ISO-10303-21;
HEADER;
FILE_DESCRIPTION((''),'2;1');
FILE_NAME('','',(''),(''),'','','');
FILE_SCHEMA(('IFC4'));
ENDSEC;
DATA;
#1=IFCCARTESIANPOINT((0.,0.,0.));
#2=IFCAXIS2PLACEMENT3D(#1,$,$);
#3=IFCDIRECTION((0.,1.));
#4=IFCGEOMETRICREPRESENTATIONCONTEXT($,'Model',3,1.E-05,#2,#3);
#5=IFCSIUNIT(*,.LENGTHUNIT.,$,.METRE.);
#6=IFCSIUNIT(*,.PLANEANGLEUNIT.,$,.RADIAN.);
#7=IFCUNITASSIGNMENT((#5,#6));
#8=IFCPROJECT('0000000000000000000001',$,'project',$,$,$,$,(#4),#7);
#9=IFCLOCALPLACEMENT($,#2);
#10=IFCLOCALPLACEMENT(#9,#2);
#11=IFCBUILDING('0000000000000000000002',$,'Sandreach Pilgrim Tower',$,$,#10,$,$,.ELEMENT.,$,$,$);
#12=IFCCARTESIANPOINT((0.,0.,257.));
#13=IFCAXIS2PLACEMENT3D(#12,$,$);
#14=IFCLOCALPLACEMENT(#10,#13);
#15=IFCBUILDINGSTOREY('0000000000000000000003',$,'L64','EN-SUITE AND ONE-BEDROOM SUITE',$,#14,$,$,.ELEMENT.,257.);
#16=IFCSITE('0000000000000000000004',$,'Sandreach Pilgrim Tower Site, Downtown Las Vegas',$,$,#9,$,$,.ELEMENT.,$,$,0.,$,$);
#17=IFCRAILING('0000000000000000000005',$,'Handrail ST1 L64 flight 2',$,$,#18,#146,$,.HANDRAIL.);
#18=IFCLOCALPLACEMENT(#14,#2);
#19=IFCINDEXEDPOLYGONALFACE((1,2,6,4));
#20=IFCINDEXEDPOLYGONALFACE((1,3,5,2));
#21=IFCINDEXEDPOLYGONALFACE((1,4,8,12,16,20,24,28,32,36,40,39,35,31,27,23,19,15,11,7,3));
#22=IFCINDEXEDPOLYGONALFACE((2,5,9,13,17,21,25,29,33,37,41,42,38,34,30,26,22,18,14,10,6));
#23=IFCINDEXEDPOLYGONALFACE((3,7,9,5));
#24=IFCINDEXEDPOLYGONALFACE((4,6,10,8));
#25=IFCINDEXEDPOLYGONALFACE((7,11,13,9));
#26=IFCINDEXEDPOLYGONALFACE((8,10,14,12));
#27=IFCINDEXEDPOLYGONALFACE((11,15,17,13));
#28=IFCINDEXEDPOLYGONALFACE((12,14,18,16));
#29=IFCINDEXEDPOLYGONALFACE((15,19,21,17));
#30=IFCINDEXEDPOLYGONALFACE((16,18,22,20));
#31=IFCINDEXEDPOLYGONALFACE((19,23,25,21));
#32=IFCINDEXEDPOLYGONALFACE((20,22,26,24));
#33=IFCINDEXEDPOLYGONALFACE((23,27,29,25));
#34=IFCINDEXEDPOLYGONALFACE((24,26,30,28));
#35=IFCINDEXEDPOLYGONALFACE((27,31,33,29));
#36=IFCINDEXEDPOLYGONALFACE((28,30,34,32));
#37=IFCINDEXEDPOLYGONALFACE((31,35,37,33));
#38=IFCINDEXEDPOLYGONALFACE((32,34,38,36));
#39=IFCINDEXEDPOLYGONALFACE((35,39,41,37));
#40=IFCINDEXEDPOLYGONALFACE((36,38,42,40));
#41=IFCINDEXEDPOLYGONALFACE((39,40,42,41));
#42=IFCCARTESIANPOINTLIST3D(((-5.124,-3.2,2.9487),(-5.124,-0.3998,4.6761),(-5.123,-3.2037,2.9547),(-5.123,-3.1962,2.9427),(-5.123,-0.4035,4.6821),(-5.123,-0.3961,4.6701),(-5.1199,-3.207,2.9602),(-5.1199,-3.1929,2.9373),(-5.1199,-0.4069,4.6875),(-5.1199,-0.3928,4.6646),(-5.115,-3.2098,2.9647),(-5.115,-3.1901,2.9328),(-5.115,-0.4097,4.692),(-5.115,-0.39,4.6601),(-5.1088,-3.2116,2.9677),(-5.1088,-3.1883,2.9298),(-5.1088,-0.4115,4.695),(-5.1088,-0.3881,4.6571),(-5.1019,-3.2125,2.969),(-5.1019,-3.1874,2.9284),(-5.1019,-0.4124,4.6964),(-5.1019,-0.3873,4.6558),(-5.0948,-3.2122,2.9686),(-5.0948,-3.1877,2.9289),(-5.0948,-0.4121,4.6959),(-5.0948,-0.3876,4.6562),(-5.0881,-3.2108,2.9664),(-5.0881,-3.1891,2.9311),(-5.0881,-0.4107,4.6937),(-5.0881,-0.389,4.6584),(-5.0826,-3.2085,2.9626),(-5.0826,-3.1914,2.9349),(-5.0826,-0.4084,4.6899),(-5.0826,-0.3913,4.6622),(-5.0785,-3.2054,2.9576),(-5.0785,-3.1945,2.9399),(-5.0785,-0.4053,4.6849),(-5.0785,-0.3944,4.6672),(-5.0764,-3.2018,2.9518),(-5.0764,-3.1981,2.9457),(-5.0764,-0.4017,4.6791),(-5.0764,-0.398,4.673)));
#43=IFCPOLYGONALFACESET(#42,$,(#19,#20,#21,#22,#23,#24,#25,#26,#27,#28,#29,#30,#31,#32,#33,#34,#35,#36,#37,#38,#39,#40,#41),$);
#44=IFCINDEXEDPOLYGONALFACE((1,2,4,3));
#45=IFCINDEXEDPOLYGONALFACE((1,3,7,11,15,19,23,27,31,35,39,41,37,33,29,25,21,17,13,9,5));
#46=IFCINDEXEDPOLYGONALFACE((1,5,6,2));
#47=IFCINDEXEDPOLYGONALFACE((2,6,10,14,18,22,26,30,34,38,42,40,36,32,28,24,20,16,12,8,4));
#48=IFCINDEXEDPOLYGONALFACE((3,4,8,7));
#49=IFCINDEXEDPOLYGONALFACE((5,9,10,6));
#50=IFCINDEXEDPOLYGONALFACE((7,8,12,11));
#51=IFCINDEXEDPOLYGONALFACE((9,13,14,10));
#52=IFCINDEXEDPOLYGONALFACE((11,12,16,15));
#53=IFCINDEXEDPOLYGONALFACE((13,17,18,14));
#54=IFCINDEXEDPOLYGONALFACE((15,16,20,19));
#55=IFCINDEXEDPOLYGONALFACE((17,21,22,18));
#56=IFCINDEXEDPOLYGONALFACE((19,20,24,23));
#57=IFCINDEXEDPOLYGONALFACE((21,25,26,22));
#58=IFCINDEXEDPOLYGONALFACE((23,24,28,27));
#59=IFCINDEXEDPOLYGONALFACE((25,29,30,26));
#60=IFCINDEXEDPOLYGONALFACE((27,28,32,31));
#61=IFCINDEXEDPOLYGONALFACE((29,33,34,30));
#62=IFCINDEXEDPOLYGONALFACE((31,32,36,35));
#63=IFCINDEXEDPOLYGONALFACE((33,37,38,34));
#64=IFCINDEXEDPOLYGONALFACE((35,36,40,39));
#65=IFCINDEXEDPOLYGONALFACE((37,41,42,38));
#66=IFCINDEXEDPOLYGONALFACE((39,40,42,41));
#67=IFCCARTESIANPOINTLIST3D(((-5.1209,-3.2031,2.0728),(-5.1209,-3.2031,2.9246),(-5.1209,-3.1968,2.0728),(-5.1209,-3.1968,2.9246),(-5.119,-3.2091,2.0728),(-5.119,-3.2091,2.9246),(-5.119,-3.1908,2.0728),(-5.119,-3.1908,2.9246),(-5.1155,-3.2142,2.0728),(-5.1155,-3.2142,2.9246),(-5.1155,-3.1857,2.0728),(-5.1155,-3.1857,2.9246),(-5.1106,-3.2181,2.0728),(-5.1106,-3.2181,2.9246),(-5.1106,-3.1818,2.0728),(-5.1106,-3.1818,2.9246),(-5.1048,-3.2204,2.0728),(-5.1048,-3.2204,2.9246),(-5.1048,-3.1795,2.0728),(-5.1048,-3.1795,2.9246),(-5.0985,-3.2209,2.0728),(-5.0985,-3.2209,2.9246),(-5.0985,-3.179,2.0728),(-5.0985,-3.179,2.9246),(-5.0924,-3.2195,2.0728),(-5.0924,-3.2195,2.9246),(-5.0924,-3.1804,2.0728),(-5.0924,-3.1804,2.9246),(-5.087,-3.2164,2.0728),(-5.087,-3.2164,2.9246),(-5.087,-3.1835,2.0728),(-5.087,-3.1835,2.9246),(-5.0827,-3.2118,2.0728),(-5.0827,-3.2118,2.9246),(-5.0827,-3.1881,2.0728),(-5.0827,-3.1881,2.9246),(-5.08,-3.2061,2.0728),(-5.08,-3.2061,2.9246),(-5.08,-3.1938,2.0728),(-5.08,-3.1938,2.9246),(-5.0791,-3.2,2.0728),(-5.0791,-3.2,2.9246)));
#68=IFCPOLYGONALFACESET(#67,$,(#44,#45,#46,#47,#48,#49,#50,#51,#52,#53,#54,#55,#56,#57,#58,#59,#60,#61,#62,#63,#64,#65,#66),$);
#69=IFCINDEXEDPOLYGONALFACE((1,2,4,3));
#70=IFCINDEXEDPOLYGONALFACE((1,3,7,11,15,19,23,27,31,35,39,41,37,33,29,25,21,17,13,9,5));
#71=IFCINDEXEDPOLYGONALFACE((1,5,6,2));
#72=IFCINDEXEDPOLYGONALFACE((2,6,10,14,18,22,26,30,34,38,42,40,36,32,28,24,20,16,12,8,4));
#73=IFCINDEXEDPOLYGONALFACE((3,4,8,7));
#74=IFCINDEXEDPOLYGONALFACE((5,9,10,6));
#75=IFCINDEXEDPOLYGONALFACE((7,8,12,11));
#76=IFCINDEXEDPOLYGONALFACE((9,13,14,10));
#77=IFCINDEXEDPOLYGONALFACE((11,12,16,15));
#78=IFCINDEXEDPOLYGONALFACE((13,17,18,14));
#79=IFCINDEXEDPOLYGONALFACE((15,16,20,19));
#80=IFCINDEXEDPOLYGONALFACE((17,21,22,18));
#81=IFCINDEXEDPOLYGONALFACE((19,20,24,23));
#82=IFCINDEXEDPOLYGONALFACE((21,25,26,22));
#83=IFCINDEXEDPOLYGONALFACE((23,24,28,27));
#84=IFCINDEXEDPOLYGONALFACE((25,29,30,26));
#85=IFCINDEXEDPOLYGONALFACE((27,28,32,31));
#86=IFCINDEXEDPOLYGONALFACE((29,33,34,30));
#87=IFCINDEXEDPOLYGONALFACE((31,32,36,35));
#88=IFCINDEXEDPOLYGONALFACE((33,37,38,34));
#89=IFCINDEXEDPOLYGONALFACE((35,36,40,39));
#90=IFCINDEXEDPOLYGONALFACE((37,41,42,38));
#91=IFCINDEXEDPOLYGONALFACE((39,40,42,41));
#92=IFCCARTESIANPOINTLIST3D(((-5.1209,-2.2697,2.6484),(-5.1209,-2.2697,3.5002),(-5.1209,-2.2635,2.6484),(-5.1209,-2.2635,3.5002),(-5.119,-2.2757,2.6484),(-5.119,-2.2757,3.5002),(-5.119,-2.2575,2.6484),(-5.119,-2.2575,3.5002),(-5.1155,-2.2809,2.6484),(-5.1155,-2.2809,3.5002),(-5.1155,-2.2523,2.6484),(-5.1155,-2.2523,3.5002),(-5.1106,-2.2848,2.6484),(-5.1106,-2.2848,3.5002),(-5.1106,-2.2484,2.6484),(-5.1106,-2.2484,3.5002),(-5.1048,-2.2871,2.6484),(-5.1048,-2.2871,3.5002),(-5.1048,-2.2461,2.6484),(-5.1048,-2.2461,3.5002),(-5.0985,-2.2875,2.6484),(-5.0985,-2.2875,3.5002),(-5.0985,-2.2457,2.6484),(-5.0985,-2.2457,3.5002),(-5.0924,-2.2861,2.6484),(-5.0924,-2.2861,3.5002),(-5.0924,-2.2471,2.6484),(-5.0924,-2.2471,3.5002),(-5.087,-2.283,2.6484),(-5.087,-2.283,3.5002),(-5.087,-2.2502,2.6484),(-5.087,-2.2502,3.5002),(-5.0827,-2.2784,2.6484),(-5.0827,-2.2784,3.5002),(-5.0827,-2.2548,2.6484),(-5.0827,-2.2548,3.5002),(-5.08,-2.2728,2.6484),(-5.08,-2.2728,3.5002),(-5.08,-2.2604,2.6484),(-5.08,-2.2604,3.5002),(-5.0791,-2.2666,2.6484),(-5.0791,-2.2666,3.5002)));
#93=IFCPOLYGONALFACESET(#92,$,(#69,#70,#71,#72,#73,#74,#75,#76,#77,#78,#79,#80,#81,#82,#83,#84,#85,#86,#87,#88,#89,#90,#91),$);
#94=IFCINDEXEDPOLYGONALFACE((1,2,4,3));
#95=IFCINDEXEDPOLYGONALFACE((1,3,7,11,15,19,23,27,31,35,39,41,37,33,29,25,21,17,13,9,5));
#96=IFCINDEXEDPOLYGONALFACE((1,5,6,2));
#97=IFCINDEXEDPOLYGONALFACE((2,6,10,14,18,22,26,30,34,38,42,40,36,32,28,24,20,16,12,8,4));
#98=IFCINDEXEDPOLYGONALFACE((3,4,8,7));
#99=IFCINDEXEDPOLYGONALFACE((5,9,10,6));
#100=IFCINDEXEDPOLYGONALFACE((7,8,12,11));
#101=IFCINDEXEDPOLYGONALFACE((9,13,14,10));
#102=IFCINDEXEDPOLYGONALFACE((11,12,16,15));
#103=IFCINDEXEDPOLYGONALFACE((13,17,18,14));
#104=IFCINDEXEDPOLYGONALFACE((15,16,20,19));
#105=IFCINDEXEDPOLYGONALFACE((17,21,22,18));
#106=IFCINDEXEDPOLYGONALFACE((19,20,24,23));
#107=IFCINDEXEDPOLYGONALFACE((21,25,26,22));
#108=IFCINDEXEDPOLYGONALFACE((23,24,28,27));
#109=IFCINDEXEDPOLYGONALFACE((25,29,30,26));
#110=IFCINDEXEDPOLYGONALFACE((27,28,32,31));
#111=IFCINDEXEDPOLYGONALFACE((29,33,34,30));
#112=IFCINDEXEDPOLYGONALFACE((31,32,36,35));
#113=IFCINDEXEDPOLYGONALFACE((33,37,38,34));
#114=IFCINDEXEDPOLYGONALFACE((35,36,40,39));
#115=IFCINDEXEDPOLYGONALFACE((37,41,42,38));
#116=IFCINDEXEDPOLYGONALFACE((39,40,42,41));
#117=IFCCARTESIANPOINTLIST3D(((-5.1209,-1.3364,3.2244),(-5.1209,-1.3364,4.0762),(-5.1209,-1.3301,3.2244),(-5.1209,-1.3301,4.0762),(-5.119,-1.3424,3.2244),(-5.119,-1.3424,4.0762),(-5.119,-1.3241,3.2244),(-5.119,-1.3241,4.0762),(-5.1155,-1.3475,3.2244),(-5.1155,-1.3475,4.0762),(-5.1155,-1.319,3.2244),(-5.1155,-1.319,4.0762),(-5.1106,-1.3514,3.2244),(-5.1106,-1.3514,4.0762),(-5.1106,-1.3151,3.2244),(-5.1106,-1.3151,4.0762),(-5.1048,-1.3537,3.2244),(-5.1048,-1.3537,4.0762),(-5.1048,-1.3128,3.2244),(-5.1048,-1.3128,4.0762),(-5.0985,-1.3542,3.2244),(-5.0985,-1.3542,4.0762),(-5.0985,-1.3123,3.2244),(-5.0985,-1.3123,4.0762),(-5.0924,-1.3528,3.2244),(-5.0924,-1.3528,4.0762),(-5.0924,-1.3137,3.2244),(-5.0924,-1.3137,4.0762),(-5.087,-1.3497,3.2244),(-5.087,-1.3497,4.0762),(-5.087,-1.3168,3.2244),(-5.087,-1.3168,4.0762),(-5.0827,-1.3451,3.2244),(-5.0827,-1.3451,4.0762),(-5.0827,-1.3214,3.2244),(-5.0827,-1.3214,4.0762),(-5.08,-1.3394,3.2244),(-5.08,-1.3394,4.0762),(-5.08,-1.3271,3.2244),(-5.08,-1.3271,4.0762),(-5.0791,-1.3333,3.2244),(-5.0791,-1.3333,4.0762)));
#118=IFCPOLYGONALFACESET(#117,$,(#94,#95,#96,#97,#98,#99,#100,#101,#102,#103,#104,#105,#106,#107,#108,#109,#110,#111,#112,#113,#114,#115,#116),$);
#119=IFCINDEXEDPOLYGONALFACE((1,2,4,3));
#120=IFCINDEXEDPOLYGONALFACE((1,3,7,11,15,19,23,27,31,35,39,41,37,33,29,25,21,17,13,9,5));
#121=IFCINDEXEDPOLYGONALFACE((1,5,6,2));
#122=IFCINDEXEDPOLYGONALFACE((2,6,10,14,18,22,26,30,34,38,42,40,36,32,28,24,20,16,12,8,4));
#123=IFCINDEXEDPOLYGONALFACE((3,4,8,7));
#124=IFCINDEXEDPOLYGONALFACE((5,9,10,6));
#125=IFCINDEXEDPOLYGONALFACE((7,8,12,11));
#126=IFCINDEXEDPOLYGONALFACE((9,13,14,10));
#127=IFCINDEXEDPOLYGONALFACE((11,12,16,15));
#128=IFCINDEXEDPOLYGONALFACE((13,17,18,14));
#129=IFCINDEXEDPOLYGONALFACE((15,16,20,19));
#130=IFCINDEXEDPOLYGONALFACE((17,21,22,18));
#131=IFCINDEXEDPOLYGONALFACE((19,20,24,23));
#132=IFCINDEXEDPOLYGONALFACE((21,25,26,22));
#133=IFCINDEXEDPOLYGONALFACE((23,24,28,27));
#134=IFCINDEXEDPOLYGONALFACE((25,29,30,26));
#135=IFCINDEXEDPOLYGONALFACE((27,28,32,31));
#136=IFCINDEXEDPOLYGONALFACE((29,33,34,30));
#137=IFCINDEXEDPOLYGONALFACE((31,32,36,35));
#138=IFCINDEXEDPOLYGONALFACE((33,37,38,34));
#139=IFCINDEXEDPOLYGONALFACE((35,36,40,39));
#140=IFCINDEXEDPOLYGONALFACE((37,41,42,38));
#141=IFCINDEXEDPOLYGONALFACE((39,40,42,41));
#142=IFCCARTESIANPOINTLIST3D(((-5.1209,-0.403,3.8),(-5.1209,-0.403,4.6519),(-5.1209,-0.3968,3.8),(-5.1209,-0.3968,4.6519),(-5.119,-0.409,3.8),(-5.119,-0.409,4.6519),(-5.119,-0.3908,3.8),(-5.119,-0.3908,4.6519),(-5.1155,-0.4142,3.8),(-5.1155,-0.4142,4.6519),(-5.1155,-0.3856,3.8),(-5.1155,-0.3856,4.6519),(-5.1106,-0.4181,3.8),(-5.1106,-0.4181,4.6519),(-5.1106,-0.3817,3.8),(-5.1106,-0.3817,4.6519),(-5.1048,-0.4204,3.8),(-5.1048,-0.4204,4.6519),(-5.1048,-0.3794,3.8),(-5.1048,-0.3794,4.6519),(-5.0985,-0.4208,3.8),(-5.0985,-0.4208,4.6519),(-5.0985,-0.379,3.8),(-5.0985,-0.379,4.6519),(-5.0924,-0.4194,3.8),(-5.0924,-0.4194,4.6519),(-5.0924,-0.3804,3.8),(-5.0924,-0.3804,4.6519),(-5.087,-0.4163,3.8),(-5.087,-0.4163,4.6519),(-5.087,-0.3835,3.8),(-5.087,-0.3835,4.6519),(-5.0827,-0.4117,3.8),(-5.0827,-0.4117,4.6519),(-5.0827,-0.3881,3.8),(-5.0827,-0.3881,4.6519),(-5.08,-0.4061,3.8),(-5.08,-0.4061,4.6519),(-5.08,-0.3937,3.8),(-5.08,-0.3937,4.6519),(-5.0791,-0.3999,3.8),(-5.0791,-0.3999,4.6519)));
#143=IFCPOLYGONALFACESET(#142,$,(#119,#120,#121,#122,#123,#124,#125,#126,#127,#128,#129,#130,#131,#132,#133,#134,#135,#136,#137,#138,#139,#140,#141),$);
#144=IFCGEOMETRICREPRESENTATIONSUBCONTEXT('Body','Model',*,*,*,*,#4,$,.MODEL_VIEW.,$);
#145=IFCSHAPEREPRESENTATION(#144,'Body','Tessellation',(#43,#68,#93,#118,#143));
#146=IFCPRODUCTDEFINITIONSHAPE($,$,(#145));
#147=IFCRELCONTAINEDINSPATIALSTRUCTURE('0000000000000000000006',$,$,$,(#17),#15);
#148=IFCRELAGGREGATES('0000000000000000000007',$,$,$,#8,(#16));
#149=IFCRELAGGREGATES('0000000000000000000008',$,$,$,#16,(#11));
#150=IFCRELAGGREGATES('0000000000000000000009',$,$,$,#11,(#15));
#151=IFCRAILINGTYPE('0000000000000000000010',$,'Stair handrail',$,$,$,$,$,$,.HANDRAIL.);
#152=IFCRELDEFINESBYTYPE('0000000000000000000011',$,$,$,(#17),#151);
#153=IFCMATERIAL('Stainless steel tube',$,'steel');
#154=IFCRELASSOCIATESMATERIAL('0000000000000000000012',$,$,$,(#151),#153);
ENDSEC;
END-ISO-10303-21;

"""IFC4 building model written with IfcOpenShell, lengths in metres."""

from ifc_helpers import new_model, si_unit, direction, frame, origin, origin_2d, place, context, subcontext, project, spatial, circle, extrude, material, type_object, element, save


model = new_model("IFC4")

# Units and contexts
model_context = context("Model", 3, precision=1e-05, world=origin(), true_north=direction((0.0, 1.0)))
body_context = subcontext(model_context, "Body", "Model", "MODEL_VIEW")
ifc_project = project(units=[si_unit("LENGTHUNIT", "METRE"), si_unit("PLANEANGLEUNIT", "RADIAN")], contexts=[model_context])

# Site, building, storey
site_placement = place(None, origin())
site = spatial("IfcSite", under=ifc_project, at=site_placement, Name="Sandreach Pilgrim Tower Site, Downtown Las Vegas", CompositionType="ELEMENT", RefElevation=0.0)
building_placement = place(site_placement, origin())
building = spatial("IfcBuilding", under=site, at=building_placement, Name="Sandreach Pilgrim Tower", CompositionType="ELEMENT")
storey_placement = place(building_placement, frame((0.0, 0.0, 257.0)))
storey = spatial("IfcBuildingStorey", under=building, at=storey_placement, Name="L64", Description="EN-SUITE AND ONE-BEDROOM SUITE", CompositionType="ELEMENT", Elevation=257.0)

# Railing
ifc_material_1 = material(Name="Stainless steel tube", Category="steel")
railing_type = type_object("IfcRailingType", Name="Stair handrail", PredefinedType="HANDRAIL", material=ifc_material_1)
for number, where, name in (
    (1, (-5.1001, -3.2, 2.0728), "Handrail ST1 L64 flight 2"),
):
    element("IfcRailing", number, at=place(storey_placement, frame(where)), inside=storey, type_object=railing_type, Name=name, PredefinedType="HANDRAIL", context=body_context, shape_type="SweptSolid", body=[
        extrude(circle(Radius=0.0239, at=origin_2d()), frame((0.0, 0.0, 0.876), z_axis=(0.0, 0.85109, 0.52502), x_axis=(-1.0, 0.0, 0.0)), (0.0, 0.0, 1.0), 3.29),
        extrude(circle(Radius=0.021, at=origin_2d()), origin(), (0.0, 0.0, 1.0), 0.8518),
        extrude(circle(Radius=0.021, at=origin_2d()), frame((0.0, 0.9333, 0.5757)), (0.0, 0.0, 1.0), 0.8518),
        extrude(circle(Radius=0.021, at=origin_2d()), frame((0.0, 1.8667, 1.1516)), (0.0, 0.0, 1.0), 0.8518),
        extrude(circle(Radius=0.021, at=origin_2d()), frame((0.0, 2.8, 1.7273)), (0.0, 0.0, 1.0), 0.8518),
    ])

save(model, "model.ifc")
